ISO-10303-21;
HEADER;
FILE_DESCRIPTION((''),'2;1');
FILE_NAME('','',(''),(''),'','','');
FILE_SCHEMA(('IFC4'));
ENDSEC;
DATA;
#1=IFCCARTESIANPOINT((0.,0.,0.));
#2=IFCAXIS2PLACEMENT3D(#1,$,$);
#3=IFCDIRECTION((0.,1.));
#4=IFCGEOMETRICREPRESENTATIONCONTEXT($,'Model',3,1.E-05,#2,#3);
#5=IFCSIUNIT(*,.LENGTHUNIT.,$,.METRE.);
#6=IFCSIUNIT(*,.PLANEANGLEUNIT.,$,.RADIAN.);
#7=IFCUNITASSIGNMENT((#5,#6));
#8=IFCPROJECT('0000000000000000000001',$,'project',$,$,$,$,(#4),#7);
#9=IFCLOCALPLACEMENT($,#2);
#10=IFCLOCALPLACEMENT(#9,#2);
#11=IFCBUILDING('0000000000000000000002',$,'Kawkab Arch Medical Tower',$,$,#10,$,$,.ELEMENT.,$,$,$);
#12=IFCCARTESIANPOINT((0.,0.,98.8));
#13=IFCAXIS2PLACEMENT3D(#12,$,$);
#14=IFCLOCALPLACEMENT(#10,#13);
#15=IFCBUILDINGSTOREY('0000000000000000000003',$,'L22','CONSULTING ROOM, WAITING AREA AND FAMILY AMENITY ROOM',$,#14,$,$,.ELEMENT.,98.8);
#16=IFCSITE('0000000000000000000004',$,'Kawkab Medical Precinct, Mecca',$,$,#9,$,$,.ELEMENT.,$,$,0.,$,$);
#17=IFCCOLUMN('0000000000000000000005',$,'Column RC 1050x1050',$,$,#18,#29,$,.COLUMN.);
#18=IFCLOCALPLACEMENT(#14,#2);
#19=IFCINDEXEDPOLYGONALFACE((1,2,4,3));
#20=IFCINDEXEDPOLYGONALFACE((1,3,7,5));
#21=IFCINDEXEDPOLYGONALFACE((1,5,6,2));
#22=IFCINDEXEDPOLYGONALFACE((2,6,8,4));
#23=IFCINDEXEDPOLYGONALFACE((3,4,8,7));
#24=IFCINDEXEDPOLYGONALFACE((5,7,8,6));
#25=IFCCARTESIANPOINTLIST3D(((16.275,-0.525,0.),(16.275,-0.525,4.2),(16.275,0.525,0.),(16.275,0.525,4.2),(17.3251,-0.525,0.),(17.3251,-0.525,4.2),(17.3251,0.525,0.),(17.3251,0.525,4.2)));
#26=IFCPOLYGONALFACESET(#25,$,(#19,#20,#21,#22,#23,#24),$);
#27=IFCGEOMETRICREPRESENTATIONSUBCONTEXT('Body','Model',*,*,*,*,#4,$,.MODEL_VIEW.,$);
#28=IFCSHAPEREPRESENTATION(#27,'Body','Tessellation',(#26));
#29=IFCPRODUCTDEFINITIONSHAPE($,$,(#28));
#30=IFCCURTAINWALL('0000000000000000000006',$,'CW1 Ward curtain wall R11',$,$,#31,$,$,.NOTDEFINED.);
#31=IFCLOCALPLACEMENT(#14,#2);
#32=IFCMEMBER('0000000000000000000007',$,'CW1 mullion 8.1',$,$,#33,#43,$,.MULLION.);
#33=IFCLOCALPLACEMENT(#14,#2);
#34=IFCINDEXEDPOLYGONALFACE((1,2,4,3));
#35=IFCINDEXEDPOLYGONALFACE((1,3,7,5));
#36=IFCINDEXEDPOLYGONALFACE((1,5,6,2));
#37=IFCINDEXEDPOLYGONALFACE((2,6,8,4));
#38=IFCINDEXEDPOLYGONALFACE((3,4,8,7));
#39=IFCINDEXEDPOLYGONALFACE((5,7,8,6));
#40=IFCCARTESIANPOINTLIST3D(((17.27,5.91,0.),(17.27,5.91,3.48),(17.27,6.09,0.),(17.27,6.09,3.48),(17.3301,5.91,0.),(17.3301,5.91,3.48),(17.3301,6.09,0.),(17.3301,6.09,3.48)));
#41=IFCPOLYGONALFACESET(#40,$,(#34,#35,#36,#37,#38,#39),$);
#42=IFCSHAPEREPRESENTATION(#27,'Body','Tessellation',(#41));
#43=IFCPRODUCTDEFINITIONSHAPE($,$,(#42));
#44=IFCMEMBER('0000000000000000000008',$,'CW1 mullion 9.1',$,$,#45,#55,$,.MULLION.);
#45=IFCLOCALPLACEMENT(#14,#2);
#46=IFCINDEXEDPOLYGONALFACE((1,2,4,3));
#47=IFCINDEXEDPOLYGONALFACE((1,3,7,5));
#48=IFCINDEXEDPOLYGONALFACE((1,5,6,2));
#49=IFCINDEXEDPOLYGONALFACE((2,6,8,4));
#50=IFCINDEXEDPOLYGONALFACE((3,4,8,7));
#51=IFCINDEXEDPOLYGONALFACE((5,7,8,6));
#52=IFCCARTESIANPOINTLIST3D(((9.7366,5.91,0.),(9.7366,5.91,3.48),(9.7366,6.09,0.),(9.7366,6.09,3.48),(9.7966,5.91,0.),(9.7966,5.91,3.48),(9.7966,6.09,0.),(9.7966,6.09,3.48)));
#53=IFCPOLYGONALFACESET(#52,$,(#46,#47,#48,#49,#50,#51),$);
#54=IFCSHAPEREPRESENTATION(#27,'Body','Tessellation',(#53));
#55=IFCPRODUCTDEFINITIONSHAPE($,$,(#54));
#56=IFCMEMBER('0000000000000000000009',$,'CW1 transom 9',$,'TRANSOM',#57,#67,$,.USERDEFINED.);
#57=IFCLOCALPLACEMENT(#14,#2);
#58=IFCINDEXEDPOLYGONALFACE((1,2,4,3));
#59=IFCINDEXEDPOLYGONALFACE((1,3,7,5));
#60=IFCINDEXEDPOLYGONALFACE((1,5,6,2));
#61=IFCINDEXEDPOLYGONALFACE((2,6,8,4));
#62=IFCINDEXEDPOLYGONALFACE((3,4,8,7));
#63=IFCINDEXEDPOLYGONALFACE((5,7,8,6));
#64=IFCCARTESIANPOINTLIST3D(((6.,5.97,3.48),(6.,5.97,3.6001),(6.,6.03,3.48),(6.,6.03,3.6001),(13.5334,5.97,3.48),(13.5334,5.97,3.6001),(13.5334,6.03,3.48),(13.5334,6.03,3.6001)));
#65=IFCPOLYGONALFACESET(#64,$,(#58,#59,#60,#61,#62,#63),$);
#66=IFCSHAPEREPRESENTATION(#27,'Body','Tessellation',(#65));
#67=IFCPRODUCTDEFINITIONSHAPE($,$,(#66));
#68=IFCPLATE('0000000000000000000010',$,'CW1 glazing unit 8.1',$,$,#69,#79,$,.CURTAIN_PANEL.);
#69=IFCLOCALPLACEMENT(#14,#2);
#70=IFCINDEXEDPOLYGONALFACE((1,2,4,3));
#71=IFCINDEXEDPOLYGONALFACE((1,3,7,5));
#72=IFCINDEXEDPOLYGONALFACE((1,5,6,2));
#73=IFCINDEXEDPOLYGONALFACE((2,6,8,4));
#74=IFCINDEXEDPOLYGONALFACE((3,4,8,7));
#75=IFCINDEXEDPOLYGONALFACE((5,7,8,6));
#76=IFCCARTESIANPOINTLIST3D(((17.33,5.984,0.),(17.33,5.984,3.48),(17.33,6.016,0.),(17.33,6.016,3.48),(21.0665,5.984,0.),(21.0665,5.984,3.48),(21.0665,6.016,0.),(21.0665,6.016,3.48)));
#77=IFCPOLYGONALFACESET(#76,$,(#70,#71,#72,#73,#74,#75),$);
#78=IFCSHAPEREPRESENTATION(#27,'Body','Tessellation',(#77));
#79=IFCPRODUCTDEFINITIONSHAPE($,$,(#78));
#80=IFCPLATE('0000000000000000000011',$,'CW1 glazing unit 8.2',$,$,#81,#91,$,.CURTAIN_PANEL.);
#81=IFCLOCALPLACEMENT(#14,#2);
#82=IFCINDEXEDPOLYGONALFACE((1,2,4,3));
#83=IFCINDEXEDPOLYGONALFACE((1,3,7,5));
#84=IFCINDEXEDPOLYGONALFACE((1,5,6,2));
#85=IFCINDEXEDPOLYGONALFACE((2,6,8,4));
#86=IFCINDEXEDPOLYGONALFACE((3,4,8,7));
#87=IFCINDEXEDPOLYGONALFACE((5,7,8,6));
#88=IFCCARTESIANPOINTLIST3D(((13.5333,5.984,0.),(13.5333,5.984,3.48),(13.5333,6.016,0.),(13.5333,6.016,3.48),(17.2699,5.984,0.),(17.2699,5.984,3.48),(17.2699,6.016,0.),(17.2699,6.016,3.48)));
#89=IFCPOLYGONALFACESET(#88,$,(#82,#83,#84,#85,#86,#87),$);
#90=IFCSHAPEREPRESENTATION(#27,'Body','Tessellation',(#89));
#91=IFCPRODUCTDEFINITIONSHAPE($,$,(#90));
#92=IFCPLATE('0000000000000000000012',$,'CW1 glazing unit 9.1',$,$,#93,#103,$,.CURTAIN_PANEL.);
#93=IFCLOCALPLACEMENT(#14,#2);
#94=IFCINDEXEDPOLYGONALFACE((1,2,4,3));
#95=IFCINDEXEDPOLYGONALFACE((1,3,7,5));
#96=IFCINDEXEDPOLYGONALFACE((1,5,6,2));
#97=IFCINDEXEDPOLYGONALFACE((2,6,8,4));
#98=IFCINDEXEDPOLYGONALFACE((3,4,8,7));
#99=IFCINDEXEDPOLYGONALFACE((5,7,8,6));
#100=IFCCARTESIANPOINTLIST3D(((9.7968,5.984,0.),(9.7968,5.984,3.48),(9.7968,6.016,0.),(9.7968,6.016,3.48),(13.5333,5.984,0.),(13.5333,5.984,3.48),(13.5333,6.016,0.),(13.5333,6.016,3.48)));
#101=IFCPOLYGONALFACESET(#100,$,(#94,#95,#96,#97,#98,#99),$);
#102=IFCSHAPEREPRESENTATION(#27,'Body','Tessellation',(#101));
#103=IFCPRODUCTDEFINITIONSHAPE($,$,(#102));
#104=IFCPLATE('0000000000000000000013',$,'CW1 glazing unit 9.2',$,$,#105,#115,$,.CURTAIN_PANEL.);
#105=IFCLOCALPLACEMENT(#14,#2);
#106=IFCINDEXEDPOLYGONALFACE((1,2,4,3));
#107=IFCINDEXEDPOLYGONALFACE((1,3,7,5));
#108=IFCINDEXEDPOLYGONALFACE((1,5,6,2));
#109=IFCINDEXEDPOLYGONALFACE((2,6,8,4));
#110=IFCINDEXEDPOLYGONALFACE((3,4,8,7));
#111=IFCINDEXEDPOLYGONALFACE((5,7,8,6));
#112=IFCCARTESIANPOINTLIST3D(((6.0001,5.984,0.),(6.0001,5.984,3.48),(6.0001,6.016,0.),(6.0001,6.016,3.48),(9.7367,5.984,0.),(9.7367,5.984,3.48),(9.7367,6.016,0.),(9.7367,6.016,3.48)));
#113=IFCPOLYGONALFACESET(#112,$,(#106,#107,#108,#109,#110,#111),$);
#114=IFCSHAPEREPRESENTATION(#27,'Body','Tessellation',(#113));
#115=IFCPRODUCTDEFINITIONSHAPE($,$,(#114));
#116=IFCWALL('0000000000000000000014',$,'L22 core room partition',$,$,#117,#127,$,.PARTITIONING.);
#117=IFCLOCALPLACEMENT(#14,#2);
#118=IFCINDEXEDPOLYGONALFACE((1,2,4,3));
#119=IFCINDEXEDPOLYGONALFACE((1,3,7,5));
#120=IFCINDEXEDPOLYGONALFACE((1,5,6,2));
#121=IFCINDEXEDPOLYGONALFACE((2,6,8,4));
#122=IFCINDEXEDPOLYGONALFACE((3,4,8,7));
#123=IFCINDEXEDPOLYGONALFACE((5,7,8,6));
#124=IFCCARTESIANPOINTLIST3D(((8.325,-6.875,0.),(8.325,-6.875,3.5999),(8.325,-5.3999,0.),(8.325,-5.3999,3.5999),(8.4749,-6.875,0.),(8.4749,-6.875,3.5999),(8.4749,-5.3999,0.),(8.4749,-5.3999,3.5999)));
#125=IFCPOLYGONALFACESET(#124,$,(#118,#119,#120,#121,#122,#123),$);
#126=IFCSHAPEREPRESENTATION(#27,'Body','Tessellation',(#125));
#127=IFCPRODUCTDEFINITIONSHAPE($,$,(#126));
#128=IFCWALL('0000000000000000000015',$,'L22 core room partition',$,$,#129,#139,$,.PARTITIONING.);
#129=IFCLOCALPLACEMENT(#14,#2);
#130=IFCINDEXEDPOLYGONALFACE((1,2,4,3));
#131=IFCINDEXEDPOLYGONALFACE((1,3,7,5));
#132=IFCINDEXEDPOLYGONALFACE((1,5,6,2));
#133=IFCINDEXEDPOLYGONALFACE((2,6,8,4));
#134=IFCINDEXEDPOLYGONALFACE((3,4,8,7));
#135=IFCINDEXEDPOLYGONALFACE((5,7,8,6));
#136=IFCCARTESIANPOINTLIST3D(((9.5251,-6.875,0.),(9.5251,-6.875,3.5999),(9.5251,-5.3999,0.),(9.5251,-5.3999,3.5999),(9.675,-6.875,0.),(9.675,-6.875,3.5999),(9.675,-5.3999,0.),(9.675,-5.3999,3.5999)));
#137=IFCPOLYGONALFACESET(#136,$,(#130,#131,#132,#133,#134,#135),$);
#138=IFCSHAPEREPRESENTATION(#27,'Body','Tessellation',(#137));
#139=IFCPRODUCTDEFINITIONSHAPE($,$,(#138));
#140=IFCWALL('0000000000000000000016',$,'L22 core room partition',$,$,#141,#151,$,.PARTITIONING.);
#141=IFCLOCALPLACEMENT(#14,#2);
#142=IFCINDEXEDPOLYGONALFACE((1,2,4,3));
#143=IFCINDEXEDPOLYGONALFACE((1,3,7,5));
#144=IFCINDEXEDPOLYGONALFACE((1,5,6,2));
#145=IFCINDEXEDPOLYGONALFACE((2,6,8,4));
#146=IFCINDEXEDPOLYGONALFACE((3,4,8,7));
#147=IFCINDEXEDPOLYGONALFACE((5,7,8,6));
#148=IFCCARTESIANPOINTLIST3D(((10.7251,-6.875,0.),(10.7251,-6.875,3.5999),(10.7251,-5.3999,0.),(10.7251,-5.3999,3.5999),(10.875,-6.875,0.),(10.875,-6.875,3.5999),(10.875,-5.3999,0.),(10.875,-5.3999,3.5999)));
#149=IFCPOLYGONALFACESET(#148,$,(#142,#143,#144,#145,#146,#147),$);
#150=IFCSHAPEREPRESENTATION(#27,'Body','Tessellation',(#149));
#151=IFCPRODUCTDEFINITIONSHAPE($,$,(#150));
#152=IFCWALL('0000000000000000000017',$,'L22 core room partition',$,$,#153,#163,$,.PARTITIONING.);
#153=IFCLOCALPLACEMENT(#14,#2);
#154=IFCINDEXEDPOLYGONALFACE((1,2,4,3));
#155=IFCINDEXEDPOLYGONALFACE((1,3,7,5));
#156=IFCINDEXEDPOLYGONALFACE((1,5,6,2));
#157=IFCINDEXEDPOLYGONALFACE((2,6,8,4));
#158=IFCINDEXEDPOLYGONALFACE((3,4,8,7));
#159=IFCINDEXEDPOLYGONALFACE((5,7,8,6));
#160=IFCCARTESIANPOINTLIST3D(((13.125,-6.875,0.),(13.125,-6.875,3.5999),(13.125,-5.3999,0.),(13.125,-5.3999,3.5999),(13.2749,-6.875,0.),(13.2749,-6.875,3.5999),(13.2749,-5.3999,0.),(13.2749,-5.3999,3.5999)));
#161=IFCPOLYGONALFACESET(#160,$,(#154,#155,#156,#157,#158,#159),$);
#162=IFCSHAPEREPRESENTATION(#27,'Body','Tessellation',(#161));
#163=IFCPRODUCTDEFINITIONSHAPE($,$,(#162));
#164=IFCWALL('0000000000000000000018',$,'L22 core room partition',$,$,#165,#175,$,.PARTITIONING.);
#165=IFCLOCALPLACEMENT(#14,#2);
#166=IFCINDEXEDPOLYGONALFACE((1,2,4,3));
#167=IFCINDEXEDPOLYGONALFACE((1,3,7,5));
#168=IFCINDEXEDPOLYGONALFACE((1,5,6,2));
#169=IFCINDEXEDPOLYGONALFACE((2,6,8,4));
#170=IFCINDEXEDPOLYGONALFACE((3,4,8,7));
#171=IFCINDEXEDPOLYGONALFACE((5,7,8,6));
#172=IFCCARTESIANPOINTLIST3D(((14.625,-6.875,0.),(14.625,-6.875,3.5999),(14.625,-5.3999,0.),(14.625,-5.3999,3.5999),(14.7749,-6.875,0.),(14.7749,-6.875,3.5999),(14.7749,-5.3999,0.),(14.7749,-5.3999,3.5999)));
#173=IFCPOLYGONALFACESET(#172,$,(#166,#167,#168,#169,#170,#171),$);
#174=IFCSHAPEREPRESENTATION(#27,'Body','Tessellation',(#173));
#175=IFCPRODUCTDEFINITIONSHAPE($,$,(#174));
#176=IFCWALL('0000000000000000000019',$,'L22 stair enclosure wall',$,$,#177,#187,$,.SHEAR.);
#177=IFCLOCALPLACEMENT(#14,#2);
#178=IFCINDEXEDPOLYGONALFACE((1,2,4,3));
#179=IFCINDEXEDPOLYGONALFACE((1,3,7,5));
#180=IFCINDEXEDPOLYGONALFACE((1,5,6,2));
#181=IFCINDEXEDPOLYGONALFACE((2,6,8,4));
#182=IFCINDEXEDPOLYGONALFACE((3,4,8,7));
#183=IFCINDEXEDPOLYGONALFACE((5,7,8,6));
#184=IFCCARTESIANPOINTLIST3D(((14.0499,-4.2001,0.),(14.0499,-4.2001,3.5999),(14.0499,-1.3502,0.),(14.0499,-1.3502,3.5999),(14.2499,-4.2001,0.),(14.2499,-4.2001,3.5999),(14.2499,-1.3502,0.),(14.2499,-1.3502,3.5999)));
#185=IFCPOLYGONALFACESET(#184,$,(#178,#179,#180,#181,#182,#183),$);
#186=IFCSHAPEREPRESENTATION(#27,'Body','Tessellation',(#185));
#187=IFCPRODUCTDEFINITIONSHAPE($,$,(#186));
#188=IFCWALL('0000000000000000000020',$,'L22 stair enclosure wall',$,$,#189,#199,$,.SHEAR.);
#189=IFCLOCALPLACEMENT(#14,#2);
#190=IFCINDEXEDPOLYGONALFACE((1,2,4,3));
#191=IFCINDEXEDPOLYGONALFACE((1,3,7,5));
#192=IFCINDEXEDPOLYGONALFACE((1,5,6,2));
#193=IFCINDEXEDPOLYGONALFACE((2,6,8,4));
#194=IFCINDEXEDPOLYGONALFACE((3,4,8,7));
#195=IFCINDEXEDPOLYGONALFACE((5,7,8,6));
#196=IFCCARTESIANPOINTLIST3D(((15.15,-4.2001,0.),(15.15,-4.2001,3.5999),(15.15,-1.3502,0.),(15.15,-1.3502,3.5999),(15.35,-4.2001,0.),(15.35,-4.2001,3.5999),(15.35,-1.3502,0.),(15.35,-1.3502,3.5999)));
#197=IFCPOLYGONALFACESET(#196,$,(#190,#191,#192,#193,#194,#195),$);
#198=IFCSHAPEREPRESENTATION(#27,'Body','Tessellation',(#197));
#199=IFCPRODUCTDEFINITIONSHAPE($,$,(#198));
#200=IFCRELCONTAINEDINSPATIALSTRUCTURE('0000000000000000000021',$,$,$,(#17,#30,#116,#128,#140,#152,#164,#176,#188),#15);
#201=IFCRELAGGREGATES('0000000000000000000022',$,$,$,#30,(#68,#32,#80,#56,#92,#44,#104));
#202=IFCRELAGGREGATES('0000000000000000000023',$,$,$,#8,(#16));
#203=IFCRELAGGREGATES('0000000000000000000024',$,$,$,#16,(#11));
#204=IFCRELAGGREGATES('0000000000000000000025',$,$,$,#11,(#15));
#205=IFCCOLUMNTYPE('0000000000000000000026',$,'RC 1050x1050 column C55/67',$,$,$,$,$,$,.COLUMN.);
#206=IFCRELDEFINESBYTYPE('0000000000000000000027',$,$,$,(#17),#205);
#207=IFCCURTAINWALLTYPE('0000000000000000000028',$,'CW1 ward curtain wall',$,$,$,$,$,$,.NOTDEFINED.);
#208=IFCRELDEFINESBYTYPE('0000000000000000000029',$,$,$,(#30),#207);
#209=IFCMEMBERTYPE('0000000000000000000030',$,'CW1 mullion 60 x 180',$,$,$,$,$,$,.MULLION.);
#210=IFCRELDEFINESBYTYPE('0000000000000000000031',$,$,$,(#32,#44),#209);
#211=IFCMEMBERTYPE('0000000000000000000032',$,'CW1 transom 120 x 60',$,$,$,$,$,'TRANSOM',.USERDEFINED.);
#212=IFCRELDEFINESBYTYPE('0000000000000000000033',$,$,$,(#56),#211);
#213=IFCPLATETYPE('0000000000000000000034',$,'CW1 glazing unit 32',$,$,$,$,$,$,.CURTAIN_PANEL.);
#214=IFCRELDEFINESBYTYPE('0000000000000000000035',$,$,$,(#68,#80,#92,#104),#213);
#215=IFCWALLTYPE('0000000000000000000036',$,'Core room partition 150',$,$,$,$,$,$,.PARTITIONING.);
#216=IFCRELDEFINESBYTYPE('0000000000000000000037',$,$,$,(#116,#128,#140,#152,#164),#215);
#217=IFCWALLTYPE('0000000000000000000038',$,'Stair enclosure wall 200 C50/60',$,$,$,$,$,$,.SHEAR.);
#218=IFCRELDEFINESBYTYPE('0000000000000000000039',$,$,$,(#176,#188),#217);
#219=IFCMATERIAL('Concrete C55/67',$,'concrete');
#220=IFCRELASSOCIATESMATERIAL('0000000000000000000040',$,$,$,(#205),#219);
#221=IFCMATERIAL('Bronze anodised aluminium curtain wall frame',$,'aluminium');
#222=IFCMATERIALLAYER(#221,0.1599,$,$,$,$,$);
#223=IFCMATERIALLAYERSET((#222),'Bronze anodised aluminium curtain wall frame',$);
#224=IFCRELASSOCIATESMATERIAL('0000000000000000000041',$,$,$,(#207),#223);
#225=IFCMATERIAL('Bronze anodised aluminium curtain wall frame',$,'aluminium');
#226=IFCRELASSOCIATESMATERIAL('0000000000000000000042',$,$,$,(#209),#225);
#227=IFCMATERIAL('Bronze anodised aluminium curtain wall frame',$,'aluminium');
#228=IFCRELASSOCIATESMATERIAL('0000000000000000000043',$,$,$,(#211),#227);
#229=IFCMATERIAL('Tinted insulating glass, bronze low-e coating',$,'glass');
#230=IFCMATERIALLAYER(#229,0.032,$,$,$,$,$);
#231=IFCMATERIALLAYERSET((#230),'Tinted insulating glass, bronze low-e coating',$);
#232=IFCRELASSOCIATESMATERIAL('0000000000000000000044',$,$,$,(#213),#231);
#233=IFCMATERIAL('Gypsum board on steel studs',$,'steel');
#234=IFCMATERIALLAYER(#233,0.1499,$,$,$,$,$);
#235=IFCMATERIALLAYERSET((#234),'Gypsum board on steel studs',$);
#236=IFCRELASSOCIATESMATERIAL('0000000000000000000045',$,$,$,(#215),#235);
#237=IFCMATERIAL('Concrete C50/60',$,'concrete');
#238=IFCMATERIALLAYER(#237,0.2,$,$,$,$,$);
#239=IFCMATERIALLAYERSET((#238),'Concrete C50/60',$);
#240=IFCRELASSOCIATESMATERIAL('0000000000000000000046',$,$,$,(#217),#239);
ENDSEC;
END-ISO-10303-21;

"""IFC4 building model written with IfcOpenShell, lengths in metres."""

from ifc_helpers import new_model, si_unit, direction, frame, frame_2d, origin, origin_2d, place, context, subcontext, project, spatial, rectangle, extrude, material, layer, layer_set, material_profile, profile_set, type_object, element, aggregate, save


model = new_model("IFC4")

# Units and contexts
model_context = context("Model", 3, precision=1e-05, world=origin(), true_north=direction((0.0, 1.0)))
body_context = subcontext(model_context, "Body", "Model", "MODEL_VIEW")
ifc_project = project(units=[si_unit("LENGTHUNIT", "METRE"), si_unit("PLANEANGLEUNIT", "RADIAN")], contexts=[model_context])

# Site, building, storey
site_placement = place(None, origin())
site = spatial("IfcSite", under=ifc_project, at=site_placement, Name="Kawkab Medical Precinct, Mecca", CompositionType="ELEMENT", RefElevation=0.0)
building_placement = place(site_placement, origin())
building = spatial("IfcBuilding", under=site, at=building_placement, Name="Kawkab Arch Medical Tower", CompositionType="ELEMENT")
storey_placement = place(building_placement, frame((0.0, 0.0, 98.8)))
storey = spatial("IfcBuildingStorey", under=building, at=storey_placement, Name="L22", Description="CONSULTING ROOM, WAITING AREA AND FAMILY AMENITY ROOM", CompositionType="ELEMENT", Elevation=98.8)

# Column
ifc_material_1 = material(Name="Concrete C55/67", Category="concrete")
ifc_material_profile_1 = material_profile(ifc_material_1, rectangle(XDim=1.05, YDim=1.05, at=origin_2d()), Name="RC 1050x1050")
ifc_profile_set_1 = profile_set([ifc_material_profile_1], Name="Concrete C55/67")
column_type = type_object("IfcColumnType", Name="RC 1050x1050 column C55/67", PredefinedType="COLUMN", material=ifc_profile_set_1)
column_placement = place(storey_placement, frame((16.8, 0.0, 0.0), z_axis=(0.0, 0.0, 1.0), x_axis=(1.0, 0.0, 0.0)))
element("IfcColumn", 1, at=column_placement, inside=storey, type_object=column_type, Name="Column RC 1050x1050", PredefinedType="COLUMN", context=body_context, shape_type="SweptSolid", body=[
    extrude(rectangle(XDim=1.05, YDim=1.05, at=origin_2d()), origin(), (0.0, 0.0, 1.0), 4.2),
])

# Curtain wall, members, plates
ifc_material_2 = material(Name="Bronze anodised aluminium curtain wall frame", Category="aluminium")
ifc_layer_1 = layer(ifc_material_2, 0.1599)
ifc_layer_set_1 = layer_set([ifc_layer_1], Name="Bronze anodised aluminium curtain wall frame")
curtain_wall_type = type_object("IfcCurtainWallType", Name="CW1 ward curtain wall", PredefinedType="NOTDEFINED", material=ifc_layer_set_1)
placement = place(storey_placement, origin())
curtain_wall = element("IfcCurtainWall", 2, at=placement, inside=storey, type_object=curtain_wall_type, Name="CW1 Ward curtain wall R11", PredefinedType="NOTDEFINED")
ifc_material_3 = material(Name="Bronze anodised aluminium curtain wall frame", Category="aluminium")
ifc_material_profile_2 = material_profile(ifc_material_3, rectangle(XDim=0.1799, YDim=0.0601, at=origin_2d()), Name="AL 60x180")
ifc_profile_set_2 = profile_set([ifc_material_profile_2], Name="Bronze anodised aluminium curtain wall frame")
member_type_1 = type_object("IfcMemberType", Name="CW1 mullion 60 x 180", PredefinedType="MULLION", material=ifc_profile_set_2)
member_1_placement = place(storey_placement, frame((17.3, 6.0, 0.0), z_axis=(0.0, 0.0, 1.0), x_axis=(0.0, -1.0, 0.0)))
member_1 = element("IfcMember", 3, at=member_1_placement, type_object=member_type_1, Name="CW1 mullion 8.1", PredefinedType="MULLION", context=body_context, shape_type="SweptSolid", body=[
    extrude(rectangle(XDim=0.1799, YDim=0.0601, at=origin_2d()), origin(), (0.0, 0.0, 1.0), 3.48),
])
member_2_placement = place(storey_placement, frame((9.7666, 6.0, 0.0), z_axis=(0.0, 0.0, 1.0), x_axis=(0.0, -1.0, 0.0)))
member_2 = element("IfcMember", 4, at=member_2_placement, type_object=member_type_1, Name="CW1 mullion 9.1", PredefinedType="MULLION", context=body_context, shape_type="SweptSolid", body=[
    extrude(rectangle(XDim=0.1799, YDim=0.0601, at=origin_2d()), origin(), (0.0, 0.0, 1.0), 3.48),
])
ifc_material_4 = material(Name="Bronze anodised aluminium curtain wall frame", Category="aluminium")
ifc_material_profile_3 = material_profile(ifc_material_4, rectangle(XDim=0.0601, YDim=0.1201, at=origin_2d()), Name="AL 60x120")
ifc_profile_set_3 = profile_set([ifc_material_profile_3], Name="Bronze anodised aluminium curtain wall frame")
member_type_2 = type_object("IfcMemberType", Name="CW1 transom 120 x 60", ElementType="TRANSOM", PredefinedType="USERDEFINED", material=ifc_profile_set_3)
member_3_placement = place(storey_placement, frame((13.5334, 6.0, 3.54), z_axis=(-1.0, 0.0, 0.0), x_axis=(0.0, -1.0, 0.0)))
member_3 = element("IfcMember", 5, at=member_3_placement, type_object=member_type_2, Name="CW1 transom 9", ObjectType="TRANSOM", PredefinedType="USERDEFINED", context=body_context, shape_type="SweptSolid", body=[
    extrude(rectangle(XDim=0.0601, YDim=0.1201, at=origin_2d()), origin(), (0.0, 0.0, 1.0), 7.5334),
])
ifc_material_5 = material(Name="Tinted insulating glass, bronze low-e coating", Category="glass")
ifc_layer_2 = layer(ifc_material_5, 0.032)
ifc_layer_set_2 = layer_set([ifc_layer_2], Name="Tinted insulating glass, bronze low-e coating")
plate_type = type_object("IfcPlateType", Name="CW1 glazing unit 32", PredefinedType="CURTAIN_PANEL", material=ifc_layer_set_2)
plate_1_placement = place(storey_placement, frame((19.1982, 6.0, 0.0), z_axis=(0.0, 0.0, 1.0), x_axis=(-1.0, 0.0, 0.0)))
plate_1 = element("IfcPlate", 6, at=plate_1_placement, type_object=plate_type, Name="CW1 glazing unit 8.1", PredefinedType="CURTAIN_PANEL", context=body_context, shape_type="SweptSolid", body=[
    extrude(rectangle(XDim=3.7366, YDim=0.032, at=origin_2d()), origin(), (0.0, 0.0, 1.0), 3.48),
])
plate_2_placement = place(storey_placement, frame((15.4016, 6.0, 0.0), z_axis=(0.0, 0.0, 1.0), x_axis=(-1.0, 0.0, 0.0)))
plate_2 = element("IfcPlate", 7, at=plate_2_placement, type_object=plate_type, Name="CW1 glazing unit 8.2", PredefinedType="CURTAIN_PANEL", context=body_context, shape_type="SweptSolid", body=[
    extrude(rectangle(XDim=3.7366, YDim=0.032, at=origin_2d()), origin(), (0.0, 0.0, 1.0), 3.48),
])
plate_3_placement = place(storey_placement, frame((11.665, 6.0, 0.0), z_axis=(0.0, 0.0, 1.0), x_axis=(-1.0, 0.0, 0.0)))
plate_3 = element("IfcPlate", 8, at=plate_3_placement, type_object=plate_type, Name="CW1 glazing unit 9.1", PredefinedType="CURTAIN_PANEL", context=body_context, shape_type="SweptSolid", body=[
    extrude(rectangle(XDim=3.7366, YDim=0.032, at=origin_2d()), origin(), (0.0, 0.0, 1.0), 3.48),
])
plate_4_placement = place(storey_placement, frame((7.8684, 6.0, 0.0), z_axis=(0.0, 0.0, 1.0), x_axis=(-1.0, 0.0, 0.0)))
plate_4 = element("IfcPlate", 9, at=plate_4_placement, type_object=plate_type, Name="CW1 glazing unit 9.2", PredefinedType="CURTAIN_PANEL", context=body_context, shape_type="SweptSolid", body=[
    extrude(rectangle(XDim=3.7366, YDim=0.032, at=origin_2d()), origin(), (0.0, 0.0, 1.0), 3.48),
])
aggregate(curtain_wall, [plate_1, member_1, plate_2, member_3, plate_3, member_2, plate_4])

# Walls
ifc_material_6 = material(Name="Gypsum board on steel studs", Category="steel")
ifc_layer_3 = layer(ifc_material_6, 0.1499)
ifc_layer_set_3 = layer_set([ifc_layer_3], Name="Gypsum board on steel studs")
wall_type_1 = type_object("IfcWallType", Name="Core room partition 150", PredefinedType="PARTITIONING", material=ifc_layer_set_3)
for number, where, z_axis, x_axis, name in (
    (10, (8.3999, -6.875, 0.0), (0.0, 0.0, 1.0), (0.0, 1.0, 0.0), "L22 core room partition"),
    (11, (9.6001, -6.875, 0.0), (0.0, 0.0, 1.0), (0.0, 1.0, 0.0), "L22 core room partition"),
    (12, (10.8, -6.875, 0.0), (0.0, 0.0, 1.0), (0.0, 1.0, 0.0), "L22 core room partition"),
    (13, (13.2, -6.875, 0.0), (0.0, 0.0, 1.0), (0.0, 1.0, 0.0), "L22 core room partition"),
    (14, (14.7, -6.875, 0.0), (0.0, 0.0, 1.0), (0.0, 1.0, 0.0), "L22 core room partition"),
):
    element("IfcWall", number, at=place(storey_placement, frame(where, z_axis=z_axis, x_axis=x_axis)), inside=storey, type_object=wall_type_1, Name=name, PredefinedType="PARTITIONING", context=body_context, shape_type="SweptSolid", body=[
        extrude(rectangle(XDim=1.4751, YDim=0.1499, at=frame_2d((0.7375, 0.0))), origin(), (0.0, 0.0, 1.0), 3.5999),
    ])
ifc_material_7 = material(Name="Concrete C50/60", Category="concrete")
ifc_layer_4 = layer(ifc_material_7, 0.2)
ifc_layer_set_4 = layer_set([ifc_layer_4], Name="Concrete C50/60")
wall_type_2 = type_object("IfcWallType", Name="Stair enclosure wall 200 C50/60", PredefinedType="SHEAR", material=ifc_layer_set_4)
for number, where, z_axis, x_axis, name in (
    (15, (14.1499, -4.2, 0.0), (0.0, 0.0, 1.0), (0.0, 1.0, 0.0), "L22 stair enclosure wall"),
    (16, (15.25, -4.2, 0.0), (0.0, 0.0, 1.0), (0.0, 1.0, 0.0), "L22 stair enclosure wall"),
):
    element("IfcWall", number, at=place(storey_placement, frame(where, z_axis=z_axis, x_axis=x_axis)), inside=storey, type_object=wall_type_2, Name=name, PredefinedType="SHEAR", context=body_context, shape_type="SweptSolid", body=[
        extrude(rectangle(XDim=2.8499, YDim=0.2, at=frame_2d((1.4248, 0.0))), origin(), (0.0, 0.0, 1.0), 3.5999),
    ])

save(model, "model.ifc")
